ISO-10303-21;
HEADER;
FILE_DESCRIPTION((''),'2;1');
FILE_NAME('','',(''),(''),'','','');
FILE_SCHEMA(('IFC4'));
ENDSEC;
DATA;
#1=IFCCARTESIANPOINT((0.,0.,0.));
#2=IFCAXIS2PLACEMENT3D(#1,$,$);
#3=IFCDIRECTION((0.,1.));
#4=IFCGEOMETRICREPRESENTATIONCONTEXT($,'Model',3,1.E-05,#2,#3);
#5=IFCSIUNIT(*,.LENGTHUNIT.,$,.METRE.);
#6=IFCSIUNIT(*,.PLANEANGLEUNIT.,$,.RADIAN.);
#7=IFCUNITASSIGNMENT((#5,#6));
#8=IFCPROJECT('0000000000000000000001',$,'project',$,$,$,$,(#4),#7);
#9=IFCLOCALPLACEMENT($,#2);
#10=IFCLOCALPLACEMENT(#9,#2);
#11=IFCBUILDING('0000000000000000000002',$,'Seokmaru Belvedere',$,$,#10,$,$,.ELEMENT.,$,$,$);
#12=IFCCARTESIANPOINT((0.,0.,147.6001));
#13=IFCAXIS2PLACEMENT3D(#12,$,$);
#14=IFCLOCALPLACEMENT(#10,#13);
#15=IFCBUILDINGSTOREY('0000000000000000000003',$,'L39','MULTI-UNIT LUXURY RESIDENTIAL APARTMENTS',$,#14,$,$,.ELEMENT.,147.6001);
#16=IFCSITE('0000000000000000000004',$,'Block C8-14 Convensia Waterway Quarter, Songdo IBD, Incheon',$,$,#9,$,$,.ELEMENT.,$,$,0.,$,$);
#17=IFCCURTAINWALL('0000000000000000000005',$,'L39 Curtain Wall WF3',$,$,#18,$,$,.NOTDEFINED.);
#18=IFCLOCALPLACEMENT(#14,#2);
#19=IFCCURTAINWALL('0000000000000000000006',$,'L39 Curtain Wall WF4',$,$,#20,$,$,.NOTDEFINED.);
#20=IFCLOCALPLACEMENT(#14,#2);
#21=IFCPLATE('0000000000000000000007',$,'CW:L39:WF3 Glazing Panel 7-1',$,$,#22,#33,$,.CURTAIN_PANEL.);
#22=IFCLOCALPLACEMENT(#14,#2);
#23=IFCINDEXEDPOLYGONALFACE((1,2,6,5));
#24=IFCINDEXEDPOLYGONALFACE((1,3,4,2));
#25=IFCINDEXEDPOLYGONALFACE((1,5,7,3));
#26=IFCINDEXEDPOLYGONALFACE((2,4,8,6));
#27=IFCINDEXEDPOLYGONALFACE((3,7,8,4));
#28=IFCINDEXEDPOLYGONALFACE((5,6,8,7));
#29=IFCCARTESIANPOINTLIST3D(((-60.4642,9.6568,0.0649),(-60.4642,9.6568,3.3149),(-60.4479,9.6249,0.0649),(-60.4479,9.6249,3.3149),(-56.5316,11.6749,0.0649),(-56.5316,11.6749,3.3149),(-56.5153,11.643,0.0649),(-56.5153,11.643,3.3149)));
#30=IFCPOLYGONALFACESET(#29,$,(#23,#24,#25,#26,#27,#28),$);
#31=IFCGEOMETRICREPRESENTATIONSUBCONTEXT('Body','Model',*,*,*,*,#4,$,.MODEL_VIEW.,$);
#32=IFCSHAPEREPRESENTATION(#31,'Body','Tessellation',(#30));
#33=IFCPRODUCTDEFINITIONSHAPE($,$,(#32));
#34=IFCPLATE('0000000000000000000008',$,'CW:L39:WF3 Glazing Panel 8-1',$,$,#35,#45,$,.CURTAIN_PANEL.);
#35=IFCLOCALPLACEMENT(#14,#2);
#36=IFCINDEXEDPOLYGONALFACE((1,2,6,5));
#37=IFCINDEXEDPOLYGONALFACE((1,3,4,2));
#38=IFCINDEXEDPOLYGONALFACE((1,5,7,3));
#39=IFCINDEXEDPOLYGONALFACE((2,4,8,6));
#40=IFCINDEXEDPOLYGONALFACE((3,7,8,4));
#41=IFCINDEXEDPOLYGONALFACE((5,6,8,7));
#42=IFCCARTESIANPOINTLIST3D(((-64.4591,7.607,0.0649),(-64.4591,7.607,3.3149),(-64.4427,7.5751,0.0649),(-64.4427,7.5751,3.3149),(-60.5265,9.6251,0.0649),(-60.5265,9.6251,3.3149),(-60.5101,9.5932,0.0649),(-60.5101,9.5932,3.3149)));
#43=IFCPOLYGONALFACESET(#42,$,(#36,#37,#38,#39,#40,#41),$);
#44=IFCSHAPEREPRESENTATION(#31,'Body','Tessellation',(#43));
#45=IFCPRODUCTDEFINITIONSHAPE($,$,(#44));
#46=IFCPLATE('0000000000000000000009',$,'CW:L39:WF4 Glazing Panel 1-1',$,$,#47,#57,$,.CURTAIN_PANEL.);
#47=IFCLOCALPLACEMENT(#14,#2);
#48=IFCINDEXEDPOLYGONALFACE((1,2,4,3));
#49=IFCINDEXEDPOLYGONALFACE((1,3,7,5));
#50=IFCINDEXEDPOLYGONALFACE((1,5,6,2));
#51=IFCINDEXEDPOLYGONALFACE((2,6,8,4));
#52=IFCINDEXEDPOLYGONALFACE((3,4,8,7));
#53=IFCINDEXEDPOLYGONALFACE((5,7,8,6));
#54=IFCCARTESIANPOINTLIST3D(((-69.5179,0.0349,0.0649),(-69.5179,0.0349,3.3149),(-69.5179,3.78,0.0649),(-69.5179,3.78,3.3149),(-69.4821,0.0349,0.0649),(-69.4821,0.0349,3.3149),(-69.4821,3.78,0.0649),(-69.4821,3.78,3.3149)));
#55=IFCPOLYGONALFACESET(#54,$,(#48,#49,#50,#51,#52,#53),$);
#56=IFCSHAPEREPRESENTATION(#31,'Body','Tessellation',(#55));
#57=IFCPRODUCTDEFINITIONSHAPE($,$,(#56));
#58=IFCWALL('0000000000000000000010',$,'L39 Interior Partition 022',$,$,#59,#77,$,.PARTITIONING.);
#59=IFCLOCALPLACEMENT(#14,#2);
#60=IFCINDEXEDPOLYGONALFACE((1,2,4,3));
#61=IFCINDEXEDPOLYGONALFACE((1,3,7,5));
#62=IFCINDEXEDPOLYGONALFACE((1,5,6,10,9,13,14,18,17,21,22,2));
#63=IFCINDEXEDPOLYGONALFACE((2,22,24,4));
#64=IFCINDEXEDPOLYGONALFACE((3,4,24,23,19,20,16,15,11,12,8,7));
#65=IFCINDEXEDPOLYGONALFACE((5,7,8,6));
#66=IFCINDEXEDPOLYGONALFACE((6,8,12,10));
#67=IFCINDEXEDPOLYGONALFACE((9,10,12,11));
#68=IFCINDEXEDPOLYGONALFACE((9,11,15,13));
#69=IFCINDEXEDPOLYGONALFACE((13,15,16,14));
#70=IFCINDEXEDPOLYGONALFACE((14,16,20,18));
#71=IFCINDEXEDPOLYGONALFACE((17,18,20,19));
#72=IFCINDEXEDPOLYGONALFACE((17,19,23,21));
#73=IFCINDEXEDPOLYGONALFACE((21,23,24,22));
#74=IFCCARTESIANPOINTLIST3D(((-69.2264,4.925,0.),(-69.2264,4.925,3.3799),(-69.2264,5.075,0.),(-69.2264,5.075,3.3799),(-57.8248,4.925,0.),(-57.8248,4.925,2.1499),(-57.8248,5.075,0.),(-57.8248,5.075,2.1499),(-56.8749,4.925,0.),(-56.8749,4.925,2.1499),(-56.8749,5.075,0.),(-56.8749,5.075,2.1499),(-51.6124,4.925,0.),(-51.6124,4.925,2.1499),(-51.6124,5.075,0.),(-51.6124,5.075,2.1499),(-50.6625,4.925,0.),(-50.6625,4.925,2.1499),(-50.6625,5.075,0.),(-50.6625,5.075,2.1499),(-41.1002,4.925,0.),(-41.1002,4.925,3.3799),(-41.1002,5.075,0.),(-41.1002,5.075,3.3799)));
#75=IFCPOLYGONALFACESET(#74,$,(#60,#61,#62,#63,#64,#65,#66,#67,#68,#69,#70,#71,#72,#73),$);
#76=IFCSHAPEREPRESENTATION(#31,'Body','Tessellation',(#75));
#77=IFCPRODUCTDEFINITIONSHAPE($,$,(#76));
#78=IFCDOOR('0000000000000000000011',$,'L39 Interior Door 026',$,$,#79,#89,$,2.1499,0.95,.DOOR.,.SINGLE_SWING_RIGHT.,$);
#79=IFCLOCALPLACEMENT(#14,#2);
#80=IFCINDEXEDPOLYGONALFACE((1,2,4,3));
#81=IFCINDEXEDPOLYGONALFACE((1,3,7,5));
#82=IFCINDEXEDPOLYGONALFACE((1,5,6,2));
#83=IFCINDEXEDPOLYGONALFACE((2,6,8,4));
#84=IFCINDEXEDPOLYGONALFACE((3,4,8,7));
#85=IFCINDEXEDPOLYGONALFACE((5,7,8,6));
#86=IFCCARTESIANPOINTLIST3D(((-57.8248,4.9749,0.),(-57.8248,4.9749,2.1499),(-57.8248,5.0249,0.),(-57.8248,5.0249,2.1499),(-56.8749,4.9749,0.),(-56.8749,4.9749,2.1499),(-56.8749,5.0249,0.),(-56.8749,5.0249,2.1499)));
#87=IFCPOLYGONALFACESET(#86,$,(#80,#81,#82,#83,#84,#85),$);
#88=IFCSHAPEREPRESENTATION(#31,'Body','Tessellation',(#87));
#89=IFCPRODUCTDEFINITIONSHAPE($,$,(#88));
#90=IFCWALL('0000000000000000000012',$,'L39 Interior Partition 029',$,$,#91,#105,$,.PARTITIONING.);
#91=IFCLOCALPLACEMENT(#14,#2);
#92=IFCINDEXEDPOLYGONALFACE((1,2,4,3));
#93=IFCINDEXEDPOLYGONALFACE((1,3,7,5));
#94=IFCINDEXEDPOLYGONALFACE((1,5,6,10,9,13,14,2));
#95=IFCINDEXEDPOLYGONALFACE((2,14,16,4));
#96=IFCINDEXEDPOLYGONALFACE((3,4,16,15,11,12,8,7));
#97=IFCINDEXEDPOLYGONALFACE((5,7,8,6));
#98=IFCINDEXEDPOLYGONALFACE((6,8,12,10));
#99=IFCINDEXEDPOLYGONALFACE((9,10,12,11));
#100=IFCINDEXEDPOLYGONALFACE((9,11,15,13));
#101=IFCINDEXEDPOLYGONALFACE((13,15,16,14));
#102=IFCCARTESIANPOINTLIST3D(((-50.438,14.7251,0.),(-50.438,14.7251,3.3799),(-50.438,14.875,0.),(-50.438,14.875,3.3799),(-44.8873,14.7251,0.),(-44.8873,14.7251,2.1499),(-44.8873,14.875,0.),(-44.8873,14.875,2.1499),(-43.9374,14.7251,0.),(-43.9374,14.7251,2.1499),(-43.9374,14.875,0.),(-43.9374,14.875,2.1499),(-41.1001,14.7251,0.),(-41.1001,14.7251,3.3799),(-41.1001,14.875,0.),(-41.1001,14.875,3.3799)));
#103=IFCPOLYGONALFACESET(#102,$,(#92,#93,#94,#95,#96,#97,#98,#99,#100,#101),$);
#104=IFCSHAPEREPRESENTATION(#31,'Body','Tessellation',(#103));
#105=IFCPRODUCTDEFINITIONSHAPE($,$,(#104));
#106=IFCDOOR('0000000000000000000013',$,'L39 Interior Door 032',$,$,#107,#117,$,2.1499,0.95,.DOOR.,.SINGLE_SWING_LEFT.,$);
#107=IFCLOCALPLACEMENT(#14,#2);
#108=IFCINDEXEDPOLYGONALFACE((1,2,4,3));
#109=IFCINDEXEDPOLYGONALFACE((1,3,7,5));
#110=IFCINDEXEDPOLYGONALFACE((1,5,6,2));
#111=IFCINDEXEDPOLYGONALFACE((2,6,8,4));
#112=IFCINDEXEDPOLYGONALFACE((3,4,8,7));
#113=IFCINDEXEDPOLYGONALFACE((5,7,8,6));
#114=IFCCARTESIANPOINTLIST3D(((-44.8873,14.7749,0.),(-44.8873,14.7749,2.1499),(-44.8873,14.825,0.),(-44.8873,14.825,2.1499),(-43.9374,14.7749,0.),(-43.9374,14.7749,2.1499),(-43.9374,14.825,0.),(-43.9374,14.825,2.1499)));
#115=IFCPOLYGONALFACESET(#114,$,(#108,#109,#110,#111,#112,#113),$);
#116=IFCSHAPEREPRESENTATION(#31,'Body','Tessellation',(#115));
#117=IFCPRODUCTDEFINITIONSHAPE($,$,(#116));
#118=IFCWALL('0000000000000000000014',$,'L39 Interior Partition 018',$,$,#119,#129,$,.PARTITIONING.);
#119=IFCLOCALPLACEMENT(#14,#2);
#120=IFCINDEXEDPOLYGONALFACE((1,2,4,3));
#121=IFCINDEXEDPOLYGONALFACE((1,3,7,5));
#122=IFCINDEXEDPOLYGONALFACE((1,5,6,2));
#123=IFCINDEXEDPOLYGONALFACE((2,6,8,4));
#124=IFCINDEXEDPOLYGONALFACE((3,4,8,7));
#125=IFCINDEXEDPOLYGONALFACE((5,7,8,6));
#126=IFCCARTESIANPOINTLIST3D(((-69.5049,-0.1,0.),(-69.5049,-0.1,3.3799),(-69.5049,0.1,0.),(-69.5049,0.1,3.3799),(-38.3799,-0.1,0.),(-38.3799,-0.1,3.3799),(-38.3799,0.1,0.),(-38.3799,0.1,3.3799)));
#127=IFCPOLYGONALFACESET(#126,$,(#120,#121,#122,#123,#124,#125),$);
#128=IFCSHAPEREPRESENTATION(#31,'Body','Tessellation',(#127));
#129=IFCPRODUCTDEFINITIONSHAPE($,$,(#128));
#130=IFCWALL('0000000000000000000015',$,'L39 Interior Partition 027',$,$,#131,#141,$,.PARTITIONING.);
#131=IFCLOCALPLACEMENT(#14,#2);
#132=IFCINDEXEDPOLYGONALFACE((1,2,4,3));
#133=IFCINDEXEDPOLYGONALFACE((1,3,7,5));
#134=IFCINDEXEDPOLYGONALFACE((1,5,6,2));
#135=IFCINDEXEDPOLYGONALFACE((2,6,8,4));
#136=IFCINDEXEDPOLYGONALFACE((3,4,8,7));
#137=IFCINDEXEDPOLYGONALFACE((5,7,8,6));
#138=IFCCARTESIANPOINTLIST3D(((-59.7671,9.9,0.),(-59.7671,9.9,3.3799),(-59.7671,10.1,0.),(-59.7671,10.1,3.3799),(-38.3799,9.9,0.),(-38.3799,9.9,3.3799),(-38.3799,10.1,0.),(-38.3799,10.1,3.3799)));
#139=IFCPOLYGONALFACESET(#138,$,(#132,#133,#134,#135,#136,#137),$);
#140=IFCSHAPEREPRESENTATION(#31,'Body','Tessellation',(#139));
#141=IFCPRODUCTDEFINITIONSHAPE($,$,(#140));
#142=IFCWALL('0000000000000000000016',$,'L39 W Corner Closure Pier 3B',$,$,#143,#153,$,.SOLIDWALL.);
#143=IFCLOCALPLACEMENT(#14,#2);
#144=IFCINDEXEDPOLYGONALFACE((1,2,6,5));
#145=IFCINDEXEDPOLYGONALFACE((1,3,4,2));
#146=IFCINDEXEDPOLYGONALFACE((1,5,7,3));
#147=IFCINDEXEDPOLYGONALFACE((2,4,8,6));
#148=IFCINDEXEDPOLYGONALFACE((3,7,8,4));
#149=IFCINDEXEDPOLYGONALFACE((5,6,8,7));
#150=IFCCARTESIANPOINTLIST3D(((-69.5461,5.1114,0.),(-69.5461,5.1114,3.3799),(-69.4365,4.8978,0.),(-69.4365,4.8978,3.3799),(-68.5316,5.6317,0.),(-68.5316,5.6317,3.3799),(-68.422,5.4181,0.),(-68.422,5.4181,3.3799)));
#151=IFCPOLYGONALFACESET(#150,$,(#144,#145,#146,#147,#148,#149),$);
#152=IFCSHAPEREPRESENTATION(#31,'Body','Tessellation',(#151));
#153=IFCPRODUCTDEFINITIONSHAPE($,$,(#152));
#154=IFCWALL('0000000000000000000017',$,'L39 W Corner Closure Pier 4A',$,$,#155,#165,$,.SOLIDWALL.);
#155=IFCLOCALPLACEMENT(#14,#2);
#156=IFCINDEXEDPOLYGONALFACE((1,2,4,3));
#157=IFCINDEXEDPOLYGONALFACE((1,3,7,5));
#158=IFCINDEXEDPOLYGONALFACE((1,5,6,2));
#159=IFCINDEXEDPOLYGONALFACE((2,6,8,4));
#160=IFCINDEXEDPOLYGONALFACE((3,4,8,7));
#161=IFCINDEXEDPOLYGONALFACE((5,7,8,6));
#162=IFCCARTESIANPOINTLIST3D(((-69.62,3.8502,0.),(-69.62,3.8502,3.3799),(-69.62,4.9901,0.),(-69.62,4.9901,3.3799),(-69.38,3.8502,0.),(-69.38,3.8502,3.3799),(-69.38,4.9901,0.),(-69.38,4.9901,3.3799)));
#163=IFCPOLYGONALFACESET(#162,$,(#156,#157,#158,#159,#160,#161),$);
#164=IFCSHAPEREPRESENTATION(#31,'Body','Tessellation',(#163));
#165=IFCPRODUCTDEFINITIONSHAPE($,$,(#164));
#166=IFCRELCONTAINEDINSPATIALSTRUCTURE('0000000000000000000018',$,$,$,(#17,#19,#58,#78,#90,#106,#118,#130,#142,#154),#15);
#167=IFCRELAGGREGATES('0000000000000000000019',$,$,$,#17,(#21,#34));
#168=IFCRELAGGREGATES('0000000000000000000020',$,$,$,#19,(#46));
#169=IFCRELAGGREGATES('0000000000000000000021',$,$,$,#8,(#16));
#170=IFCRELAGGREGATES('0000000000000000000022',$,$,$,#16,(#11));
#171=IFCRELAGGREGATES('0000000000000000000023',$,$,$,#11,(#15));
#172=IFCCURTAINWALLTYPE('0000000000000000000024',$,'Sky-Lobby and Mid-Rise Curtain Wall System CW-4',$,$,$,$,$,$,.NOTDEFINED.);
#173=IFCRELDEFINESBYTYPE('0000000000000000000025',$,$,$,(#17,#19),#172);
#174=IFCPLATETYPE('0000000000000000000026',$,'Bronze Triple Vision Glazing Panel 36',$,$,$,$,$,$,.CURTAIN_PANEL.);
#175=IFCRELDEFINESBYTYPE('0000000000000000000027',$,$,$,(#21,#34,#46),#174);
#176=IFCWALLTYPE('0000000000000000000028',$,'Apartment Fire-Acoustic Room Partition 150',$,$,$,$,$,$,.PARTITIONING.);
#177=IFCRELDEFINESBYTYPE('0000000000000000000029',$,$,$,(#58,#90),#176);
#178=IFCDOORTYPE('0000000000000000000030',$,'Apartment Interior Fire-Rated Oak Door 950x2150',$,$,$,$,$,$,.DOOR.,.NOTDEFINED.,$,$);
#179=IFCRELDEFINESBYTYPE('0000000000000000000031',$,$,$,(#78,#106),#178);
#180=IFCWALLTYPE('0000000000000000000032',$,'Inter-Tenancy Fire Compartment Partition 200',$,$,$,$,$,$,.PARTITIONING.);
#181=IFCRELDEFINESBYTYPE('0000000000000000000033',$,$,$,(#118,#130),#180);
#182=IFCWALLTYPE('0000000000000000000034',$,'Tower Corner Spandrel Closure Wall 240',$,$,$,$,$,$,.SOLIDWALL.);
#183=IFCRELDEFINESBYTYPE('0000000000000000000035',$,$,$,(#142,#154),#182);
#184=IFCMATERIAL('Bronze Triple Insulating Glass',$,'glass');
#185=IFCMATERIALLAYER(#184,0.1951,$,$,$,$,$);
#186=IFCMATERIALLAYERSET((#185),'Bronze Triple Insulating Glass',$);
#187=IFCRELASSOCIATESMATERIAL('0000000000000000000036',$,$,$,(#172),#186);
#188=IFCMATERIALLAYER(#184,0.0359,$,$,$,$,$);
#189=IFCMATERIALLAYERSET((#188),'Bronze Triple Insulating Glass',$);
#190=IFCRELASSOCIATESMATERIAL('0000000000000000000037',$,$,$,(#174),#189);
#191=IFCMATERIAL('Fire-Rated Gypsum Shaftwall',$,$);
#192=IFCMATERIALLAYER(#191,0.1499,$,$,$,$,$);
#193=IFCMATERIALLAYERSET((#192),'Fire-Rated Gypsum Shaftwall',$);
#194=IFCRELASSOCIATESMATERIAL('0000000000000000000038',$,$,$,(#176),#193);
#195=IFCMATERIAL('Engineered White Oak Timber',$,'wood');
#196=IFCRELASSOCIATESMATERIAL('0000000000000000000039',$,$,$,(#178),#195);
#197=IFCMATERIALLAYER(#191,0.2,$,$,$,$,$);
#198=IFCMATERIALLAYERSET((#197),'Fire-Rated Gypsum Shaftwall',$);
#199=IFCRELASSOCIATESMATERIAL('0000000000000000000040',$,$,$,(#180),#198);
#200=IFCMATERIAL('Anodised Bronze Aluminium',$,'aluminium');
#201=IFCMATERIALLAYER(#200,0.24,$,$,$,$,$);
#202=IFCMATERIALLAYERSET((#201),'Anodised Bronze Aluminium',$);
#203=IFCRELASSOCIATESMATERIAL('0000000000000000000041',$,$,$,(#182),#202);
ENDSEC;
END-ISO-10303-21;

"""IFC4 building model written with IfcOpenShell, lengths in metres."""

from ifc_helpers import new_model, si_unit, direction, frame, frame_2d, origin, origin_2d, place, context, subcontext, project, spatial, rectangle, extrude, source, transform, mapped, material, layer, layer_set, type_object, type_shapes, element, fill, aggregate, save


model = new_model("IFC4")

# Units and contexts
model_context = context("Model", 3, precision=1e-05, world=origin(), true_north=direction((0.0, 1.0)))
body_context = subcontext(model_context, "Body", "Model", "MODEL_VIEW")
ifc_project = project(units=[si_unit("LENGTHUNIT", "METRE"), si_unit("PLANEANGLEUNIT", "RADIAN")], contexts=[model_context])

# Site, building, storey
site_placement = place(None, origin())
site = spatial("IfcSite", under=ifc_project, at=site_placement, Name="Block C8-14 Convensia Waterway Quarter, Songdo IBD, Incheon", CompositionType="ELEMENT", RefElevation=0.0)
building_placement = place(site_placement, origin())
building = spatial("IfcBuilding", under=site, at=building_placement, Name="Seokmaru Belvedere", CompositionType="ELEMENT")
storey_placement = place(building_placement, frame((0.0, 0.0, 147.6001)))
storey = spatial("IfcBuildingStorey", under=building, at=storey_placement, Name="L39", Description="MULTI-UNIT LUXURY RESIDENTIAL APARTMENTS", CompositionType="ELEMENT", Elevation=147.6001)

# Curtain walls
ifc_material_1 = material(Name="Bronze Triple Insulating Glass", Category="glass")
ifc_layer_1 = layer(ifc_material_1, 0.1951)
ifc_layer_set_1 = layer_set([ifc_layer_1], Name="Bronze Triple Insulating Glass")
curtain_wall_type = type_object("IfcCurtainWallType", Name="Sky-Lobby and Mid-Rise Curtain Wall System CW-4", PredefinedType="NOTDEFINED", material=ifc_layer_set_1)
curtain_wall_1_placement = place(storey_placement, origin())
curtain_wall_1 = element("IfcCurtainWall", 1, at=curtain_wall_1_placement, inside=storey, type_object=curtain_wall_type, Name="L39 Curtain Wall WF3", PredefinedType="NOTDEFINED")
ifc_material_2 = material(Name="Anodised Bronze Aluminium", Category="aluminium")
curtain_wall_2_placement = place(storey_placement, origin())
curtain_wall_2 = element("IfcCurtainWall", 2, at=curtain_wall_2_placement, inside=storey, type_object=curtain_wall_type, Name="L39 Curtain Wall WF4", PredefinedType="NOTDEFINED")

# Plates
ifc_layer_2 = layer(ifc_material_1, 0.0359)
ifc_layer_set_2 = layer_set([ifc_layer_2], Name="Bronze Triple Insulating Glass")
plate_type = type_object("IfcPlateType", Name="Bronze Triple Vision Glazing Panel 36", PredefinedType="CURTAIN_PANEL", material=ifc_layer_set_2)
shared_shape_1 = source(origin(), body_context, "Body", "SweptSolid", [
    extrude(rectangle(XDim=4.4202, YDim=0.0359, at=origin_2d()), origin(), (0.0, 0.0, 1.0), 3.25),
])
plate_1_placement = place(storey_placement, frame((-58.4897, 10.6499, 0.0649), z_axis=(0.0, 0.0, 1.0), x_axis=(-0.889695, -0.456555, 0.0)))
plate_1 = element("IfcPlate", 3, at=plate_1_placement, type_object=plate_type, Name="CW:L39:WF3 Glazing Panel 7-1", PredefinedType="CURTAIN_PANEL", context=body_context, shape_type="MappedRepresentation", body=[
    mapped(shared_shape_1, transform((0.0, 0.0, 0.0), scale=1.0)),
])
plate_2_placement = place(storey_placement, frame((-62.4846, 8.6001, 0.0649), z_axis=(0.0, 0.0, 1.0), x_axis=(-0.889695, -0.456555, 0.0)))
plate_2 = element("IfcPlate", 4, at=plate_2_placement, type_object=plate_type, Name="CW:L39:WF3 Glazing Panel 8-1", PredefinedType="CURTAIN_PANEL", context=body_context, shape_type="MappedRepresentation", body=[
    mapped(shared_shape_1, transform((0.0, 0.0, 0.0), scale=1.0)),
])
aggregate(curtain_wall_1, [plate_1, plate_2])
shared_shape_2 = source(origin(), body_context, "Body", "SweptSolid", [
    extrude(rectangle(XDim=3.7451, YDim=0.0359, at=origin_2d()), origin(), (0.0, 0.0, 1.0), 3.25),
])
plate_3_placement = place(storey_placement, frame((-69.5, 1.9075, 0.0649), z_axis=(0.0, 0.0, 1.0), x_axis=(0.0, -1.0, 0.0)))
plate_3 = element("IfcPlate", 5, at=plate_3_placement, type_object=plate_type, Name="CW:L39:WF4 Glazing Panel 1-1", PredefinedType="CURTAIN_PANEL", context=body_context, shape_type="MappedRepresentation", body=[
    mapped(shared_shape_2, transform((0.0, 0.0, 0.0), scale=1.0)),
])
aggregate(curtain_wall_2, [plate_3])

# Wall, openings, door
ifc_material_3 = material(Name="Fire-Rated Gypsum Shaftwall")
ifc_layer_3 = layer(ifc_material_3, 0.1499)
ifc_layer_set_3 = layer_set([ifc_layer_3], Name="Fire-Rated Gypsum Shaftwall")
wall_type_1 = type_object("IfcWallType", Name="Apartment Fire-Acoustic Room Partition 150", PredefinedType="PARTITIONING", material=ifc_layer_set_3)
wall_1_placement = place(storey_placement, frame((-69.2263, 5.0, 0.0), z_axis=(0.0, 0.0, 1.0), x_axis=(1.0, 0.0, 0.0)))
wall_1 = element("IfcWall", 6, at=wall_1_placement, inside=storey, type_object=wall_type_1, Name="L39 Interior Partition 022", PredefinedType="PARTITIONING", context=body_context, shape_type="SweptSolid", body=[
    extrude(rectangle(XDim=28.1262, YDim=0.1499, at=frame_2d((14.063, 0.0))), origin(), (0.0, 0.0, 1.0), 3.3799),
])
opening_1_placement = place(wall_1_placement, frame((11.4014, 0.0, 0.0)))
opening_1 = element("IfcOpeningElement", 7, at=opening_1_placement, cuts=wall_1, PredefinedType="OPENING", context=body_context, shape_type="SweptSolid", body=[
    extrude(rectangle(XDim=0.95, YDim=2.1499, at=frame_2d((0.4751, 1.075))), frame((0.0, 0.085, 0.0), z_axis=(0.0, -1.0, 0.0), x_axis=(1.0, 0.0, 0.0)), (0.0, 0.0, 1.0), 0.1699),
])
opening_2_placement = place(wall_1_placement, frame((17.6138, 0.0, 0.0)))
element("IfcOpeningElement", 8, at=opening_2_placement, cuts=wall_1, PredefinedType="OPENING", context=body_context, shape_type="SweptSolid", body=[
    extrude(rectangle(XDim=0.95, YDim=2.1499, at=frame_2d((0.4751, 1.075))), frame((0.0, 0.085, 0.0), z_axis=(0.0, -1.0, 0.0), x_axis=(1.0, 0.0, 0.0)), (0.0, 0.0, 1.0), 0.1699),
])
ifc_material_4 = material(Name="Engineered White Oak Timber", Category="wood")
door_type = type_object("IfcDoorType", Name="Apartment Interior Fire-Rated Oak Door 950x2150", OperationType="NOTDEFINED", PredefinedType="DOOR", material=ifc_material_4)
shared_shape_3 = source(origin(), body_context, "Body", "SweptSolid", [
    extrude(rectangle(XDim=0.95, YDim=2.1499, at=frame_2d((0.4751, 1.075))), frame((0.0, 0.0249, 0.0), z_axis=(0.0, -1.0, 0.0), x_axis=(1.0, 0.0, 0.0)), (0.0, 0.0, 1.0), 0.05),
])
type_shapes(door_type, [shared_shape_3])
door_1_placement = place(opening_1_placement, origin())
door_1 = element("IfcDoor", 9, at=door_1_placement, inside=storey, type_object=door_type, Name="L39 Interior Door 026", OperationType="SINGLE_SWING_RIGHT", OverallHeight=2.1499, OverallWidth=0.95, PredefinedType="DOOR", context=body_context, shape_type="MappedRepresentation", body=[
    mapped(shared_shape_3, transform((0.0, 0.0, 0.0), scale=1.0)),
])
fill(opening_1, door_1)

# Wall, opening, door
wall_2_placement = place(storey_placement, frame((-50.438, 14.8, 0.0), z_axis=(0.0, 0.0, 1.0), x_axis=(1.0, 0.0, 0.0)))
wall_2 = element("IfcWall", 10, at=wall_2_placement, inside=storey, type_object=wall_type_1, Name="L39 Interior Partition 029", PredefinedType="PARTITIONING", context=body_context, shape_type="SweptSolid", body=[
    extrude(rectangle(XDim=9.3379, YDim=0.1499, at=frame_2d((4.6689, 0.0))), origin(), (0.0, 0.0, 1.0), 3.3799),
])
opening_3_placement = place(wall_2_placement, frame((5.5505, 0.0, 0.0)))
opening_3 = element("IfcOpeningElement", 11, at=opening_3_placement, cuts=wall_2, PredefinedType="OPENING", context=body_context, shape_type="SweptSolid", body=[
    extrude(rectangle(XDim=0.95, YDim=2.1499, at=frame_2d((0.4751, 1.075))), frame((0.0, 0.085, 0.0), z_axis=(0.0, -1.0, 0.0), x_axis=(1.0, 0.0, 0.0)), (0.0, 0.0, 1.0), 0.1699),
])
door_2_placement = place(opening_3_placement, origin())
door_2 = element("IfcDoor", 12, at=door_2_placement, inside=storey, type_object=door_type, Name="L39 Interior Door 032", OperationType="SINGLE_SWING_LEFT", OverallHeight=2.1499, OverallWidth=0.95, PredefinedType="DOOR", context=body_context, shape_type="MappedRepresentation", body=[
    mapped(shared_shape_3, transform((0.0, 0.0, 0.0), scale=1.0)),
])
fill(opening_3, door_2)

# Walls
ifc_layer_4 = layer(ifc_material_3, 0.2)
ifc_layer_set_4 = layer_set([ifc_layer_4], Name="Fire-Rated Gypsum Shaftwall")
wall_type_2 = type_object("IfcWallType", Name="Inter-Tenancy Fire Compartment Partition 200", PredefinedType="PARTITIONING", material=ifc_layer_set_4)
wall_3_placement = place(storey_placement, frame((-69.5049, 0.0, 0.0), z_axis=(0.0, 0.0, 1.0), x_axis=(1.0, 0.0, 0.0)))
element("IfcWall", 13, at=wall_3_placement, inside=storey, type_object=wall_type_2, Name="L39 Interior Partition 018", PredefinedType="PARTITIONING", context=body_context, shape_type="SweptSolid", body=[
    extrude(rectangle(XDim=31.125, YDim=0.2, at=frame_2d((15.5625, 0.0))), origin(), (0.0, 0.0, 1.0), 3.3799),
])
wall_4_placement = place(storey_placement, frame((-59.7671, 10.0, 0.0), z_axis=(0.0, 0.0, 1.0), x_axis=(1.0, 0.0, 0.0)))
element("IfcWall", 14, at=wall_4_placement, inside=storey, type_object=wall_type_2, Name="L39 Interior Partition 027", PredefinedType="PARTITIONING", context=body_context, shape_type="SweptSolid", body=[
    extrude(rectangle(XDim=21.3872, YDim=0.2, at=frame_2d((10.6936, 0.0))), origin(), (0.0, 0.0, 1.0), 3.3799),
])
ifc_layer_5 = layer(ifc_material_2, 0.24)
ifc_layer_set_5 = layer_set([ifc_layer_5], Name="Anodised Bronze Aluminium")
wall_type_3 = type_object("IfcWallType", Name="Tower Corner Spandrel Closure Wall 240", PredefinedType="SOLIDWALL", material=ifc_layer_set_5)
wall_5_placement = place(storey_placement, frame((-68.4768, 5.5249, 0.0), z_axis=(0.0, 0.0, 1.0), x_axis=(-0.889797, -0.456356, 0.0)))
element("IfcWall", 15, at=wall_5_placement, inside=storey, type_object=wall_type_3, Name="L39 W Corner Closure Pier 3B", PredefinedType="SOLIDWALL", context=body_context, shape_type="SweptSolid", body=[
    extrude(rectangle(XDim=1.1401, YDim=0.24, at=frame_2d((0.5701, 0.0))), origin(), (0.0, 0.0, 1.0), 3.3799),
])
wall_6_placement = place(storey_placement, frame((-69.5, 4.99, 0.0), z_axis=(0.0, 0.0, 1.0), x_axis=(0.0, -1.0, 0.0)))
element("IfcWall", 16, at=wall_6_placement, inside=storey, type_object=wall_type_3, Name="L39 W Corner Closure Pier 4A", PredefinedType="SOLIDWALL", context=body_context, shape_type="SweptSolid", body=[
    extrude(rectangle(XDim=1.1399, YDim=0.24, at=frame_2d((0.5698, 0.0))), origin(), (0.0, 0.0, 1.0), 3.3799),
])

save(model, "model.ifc")
